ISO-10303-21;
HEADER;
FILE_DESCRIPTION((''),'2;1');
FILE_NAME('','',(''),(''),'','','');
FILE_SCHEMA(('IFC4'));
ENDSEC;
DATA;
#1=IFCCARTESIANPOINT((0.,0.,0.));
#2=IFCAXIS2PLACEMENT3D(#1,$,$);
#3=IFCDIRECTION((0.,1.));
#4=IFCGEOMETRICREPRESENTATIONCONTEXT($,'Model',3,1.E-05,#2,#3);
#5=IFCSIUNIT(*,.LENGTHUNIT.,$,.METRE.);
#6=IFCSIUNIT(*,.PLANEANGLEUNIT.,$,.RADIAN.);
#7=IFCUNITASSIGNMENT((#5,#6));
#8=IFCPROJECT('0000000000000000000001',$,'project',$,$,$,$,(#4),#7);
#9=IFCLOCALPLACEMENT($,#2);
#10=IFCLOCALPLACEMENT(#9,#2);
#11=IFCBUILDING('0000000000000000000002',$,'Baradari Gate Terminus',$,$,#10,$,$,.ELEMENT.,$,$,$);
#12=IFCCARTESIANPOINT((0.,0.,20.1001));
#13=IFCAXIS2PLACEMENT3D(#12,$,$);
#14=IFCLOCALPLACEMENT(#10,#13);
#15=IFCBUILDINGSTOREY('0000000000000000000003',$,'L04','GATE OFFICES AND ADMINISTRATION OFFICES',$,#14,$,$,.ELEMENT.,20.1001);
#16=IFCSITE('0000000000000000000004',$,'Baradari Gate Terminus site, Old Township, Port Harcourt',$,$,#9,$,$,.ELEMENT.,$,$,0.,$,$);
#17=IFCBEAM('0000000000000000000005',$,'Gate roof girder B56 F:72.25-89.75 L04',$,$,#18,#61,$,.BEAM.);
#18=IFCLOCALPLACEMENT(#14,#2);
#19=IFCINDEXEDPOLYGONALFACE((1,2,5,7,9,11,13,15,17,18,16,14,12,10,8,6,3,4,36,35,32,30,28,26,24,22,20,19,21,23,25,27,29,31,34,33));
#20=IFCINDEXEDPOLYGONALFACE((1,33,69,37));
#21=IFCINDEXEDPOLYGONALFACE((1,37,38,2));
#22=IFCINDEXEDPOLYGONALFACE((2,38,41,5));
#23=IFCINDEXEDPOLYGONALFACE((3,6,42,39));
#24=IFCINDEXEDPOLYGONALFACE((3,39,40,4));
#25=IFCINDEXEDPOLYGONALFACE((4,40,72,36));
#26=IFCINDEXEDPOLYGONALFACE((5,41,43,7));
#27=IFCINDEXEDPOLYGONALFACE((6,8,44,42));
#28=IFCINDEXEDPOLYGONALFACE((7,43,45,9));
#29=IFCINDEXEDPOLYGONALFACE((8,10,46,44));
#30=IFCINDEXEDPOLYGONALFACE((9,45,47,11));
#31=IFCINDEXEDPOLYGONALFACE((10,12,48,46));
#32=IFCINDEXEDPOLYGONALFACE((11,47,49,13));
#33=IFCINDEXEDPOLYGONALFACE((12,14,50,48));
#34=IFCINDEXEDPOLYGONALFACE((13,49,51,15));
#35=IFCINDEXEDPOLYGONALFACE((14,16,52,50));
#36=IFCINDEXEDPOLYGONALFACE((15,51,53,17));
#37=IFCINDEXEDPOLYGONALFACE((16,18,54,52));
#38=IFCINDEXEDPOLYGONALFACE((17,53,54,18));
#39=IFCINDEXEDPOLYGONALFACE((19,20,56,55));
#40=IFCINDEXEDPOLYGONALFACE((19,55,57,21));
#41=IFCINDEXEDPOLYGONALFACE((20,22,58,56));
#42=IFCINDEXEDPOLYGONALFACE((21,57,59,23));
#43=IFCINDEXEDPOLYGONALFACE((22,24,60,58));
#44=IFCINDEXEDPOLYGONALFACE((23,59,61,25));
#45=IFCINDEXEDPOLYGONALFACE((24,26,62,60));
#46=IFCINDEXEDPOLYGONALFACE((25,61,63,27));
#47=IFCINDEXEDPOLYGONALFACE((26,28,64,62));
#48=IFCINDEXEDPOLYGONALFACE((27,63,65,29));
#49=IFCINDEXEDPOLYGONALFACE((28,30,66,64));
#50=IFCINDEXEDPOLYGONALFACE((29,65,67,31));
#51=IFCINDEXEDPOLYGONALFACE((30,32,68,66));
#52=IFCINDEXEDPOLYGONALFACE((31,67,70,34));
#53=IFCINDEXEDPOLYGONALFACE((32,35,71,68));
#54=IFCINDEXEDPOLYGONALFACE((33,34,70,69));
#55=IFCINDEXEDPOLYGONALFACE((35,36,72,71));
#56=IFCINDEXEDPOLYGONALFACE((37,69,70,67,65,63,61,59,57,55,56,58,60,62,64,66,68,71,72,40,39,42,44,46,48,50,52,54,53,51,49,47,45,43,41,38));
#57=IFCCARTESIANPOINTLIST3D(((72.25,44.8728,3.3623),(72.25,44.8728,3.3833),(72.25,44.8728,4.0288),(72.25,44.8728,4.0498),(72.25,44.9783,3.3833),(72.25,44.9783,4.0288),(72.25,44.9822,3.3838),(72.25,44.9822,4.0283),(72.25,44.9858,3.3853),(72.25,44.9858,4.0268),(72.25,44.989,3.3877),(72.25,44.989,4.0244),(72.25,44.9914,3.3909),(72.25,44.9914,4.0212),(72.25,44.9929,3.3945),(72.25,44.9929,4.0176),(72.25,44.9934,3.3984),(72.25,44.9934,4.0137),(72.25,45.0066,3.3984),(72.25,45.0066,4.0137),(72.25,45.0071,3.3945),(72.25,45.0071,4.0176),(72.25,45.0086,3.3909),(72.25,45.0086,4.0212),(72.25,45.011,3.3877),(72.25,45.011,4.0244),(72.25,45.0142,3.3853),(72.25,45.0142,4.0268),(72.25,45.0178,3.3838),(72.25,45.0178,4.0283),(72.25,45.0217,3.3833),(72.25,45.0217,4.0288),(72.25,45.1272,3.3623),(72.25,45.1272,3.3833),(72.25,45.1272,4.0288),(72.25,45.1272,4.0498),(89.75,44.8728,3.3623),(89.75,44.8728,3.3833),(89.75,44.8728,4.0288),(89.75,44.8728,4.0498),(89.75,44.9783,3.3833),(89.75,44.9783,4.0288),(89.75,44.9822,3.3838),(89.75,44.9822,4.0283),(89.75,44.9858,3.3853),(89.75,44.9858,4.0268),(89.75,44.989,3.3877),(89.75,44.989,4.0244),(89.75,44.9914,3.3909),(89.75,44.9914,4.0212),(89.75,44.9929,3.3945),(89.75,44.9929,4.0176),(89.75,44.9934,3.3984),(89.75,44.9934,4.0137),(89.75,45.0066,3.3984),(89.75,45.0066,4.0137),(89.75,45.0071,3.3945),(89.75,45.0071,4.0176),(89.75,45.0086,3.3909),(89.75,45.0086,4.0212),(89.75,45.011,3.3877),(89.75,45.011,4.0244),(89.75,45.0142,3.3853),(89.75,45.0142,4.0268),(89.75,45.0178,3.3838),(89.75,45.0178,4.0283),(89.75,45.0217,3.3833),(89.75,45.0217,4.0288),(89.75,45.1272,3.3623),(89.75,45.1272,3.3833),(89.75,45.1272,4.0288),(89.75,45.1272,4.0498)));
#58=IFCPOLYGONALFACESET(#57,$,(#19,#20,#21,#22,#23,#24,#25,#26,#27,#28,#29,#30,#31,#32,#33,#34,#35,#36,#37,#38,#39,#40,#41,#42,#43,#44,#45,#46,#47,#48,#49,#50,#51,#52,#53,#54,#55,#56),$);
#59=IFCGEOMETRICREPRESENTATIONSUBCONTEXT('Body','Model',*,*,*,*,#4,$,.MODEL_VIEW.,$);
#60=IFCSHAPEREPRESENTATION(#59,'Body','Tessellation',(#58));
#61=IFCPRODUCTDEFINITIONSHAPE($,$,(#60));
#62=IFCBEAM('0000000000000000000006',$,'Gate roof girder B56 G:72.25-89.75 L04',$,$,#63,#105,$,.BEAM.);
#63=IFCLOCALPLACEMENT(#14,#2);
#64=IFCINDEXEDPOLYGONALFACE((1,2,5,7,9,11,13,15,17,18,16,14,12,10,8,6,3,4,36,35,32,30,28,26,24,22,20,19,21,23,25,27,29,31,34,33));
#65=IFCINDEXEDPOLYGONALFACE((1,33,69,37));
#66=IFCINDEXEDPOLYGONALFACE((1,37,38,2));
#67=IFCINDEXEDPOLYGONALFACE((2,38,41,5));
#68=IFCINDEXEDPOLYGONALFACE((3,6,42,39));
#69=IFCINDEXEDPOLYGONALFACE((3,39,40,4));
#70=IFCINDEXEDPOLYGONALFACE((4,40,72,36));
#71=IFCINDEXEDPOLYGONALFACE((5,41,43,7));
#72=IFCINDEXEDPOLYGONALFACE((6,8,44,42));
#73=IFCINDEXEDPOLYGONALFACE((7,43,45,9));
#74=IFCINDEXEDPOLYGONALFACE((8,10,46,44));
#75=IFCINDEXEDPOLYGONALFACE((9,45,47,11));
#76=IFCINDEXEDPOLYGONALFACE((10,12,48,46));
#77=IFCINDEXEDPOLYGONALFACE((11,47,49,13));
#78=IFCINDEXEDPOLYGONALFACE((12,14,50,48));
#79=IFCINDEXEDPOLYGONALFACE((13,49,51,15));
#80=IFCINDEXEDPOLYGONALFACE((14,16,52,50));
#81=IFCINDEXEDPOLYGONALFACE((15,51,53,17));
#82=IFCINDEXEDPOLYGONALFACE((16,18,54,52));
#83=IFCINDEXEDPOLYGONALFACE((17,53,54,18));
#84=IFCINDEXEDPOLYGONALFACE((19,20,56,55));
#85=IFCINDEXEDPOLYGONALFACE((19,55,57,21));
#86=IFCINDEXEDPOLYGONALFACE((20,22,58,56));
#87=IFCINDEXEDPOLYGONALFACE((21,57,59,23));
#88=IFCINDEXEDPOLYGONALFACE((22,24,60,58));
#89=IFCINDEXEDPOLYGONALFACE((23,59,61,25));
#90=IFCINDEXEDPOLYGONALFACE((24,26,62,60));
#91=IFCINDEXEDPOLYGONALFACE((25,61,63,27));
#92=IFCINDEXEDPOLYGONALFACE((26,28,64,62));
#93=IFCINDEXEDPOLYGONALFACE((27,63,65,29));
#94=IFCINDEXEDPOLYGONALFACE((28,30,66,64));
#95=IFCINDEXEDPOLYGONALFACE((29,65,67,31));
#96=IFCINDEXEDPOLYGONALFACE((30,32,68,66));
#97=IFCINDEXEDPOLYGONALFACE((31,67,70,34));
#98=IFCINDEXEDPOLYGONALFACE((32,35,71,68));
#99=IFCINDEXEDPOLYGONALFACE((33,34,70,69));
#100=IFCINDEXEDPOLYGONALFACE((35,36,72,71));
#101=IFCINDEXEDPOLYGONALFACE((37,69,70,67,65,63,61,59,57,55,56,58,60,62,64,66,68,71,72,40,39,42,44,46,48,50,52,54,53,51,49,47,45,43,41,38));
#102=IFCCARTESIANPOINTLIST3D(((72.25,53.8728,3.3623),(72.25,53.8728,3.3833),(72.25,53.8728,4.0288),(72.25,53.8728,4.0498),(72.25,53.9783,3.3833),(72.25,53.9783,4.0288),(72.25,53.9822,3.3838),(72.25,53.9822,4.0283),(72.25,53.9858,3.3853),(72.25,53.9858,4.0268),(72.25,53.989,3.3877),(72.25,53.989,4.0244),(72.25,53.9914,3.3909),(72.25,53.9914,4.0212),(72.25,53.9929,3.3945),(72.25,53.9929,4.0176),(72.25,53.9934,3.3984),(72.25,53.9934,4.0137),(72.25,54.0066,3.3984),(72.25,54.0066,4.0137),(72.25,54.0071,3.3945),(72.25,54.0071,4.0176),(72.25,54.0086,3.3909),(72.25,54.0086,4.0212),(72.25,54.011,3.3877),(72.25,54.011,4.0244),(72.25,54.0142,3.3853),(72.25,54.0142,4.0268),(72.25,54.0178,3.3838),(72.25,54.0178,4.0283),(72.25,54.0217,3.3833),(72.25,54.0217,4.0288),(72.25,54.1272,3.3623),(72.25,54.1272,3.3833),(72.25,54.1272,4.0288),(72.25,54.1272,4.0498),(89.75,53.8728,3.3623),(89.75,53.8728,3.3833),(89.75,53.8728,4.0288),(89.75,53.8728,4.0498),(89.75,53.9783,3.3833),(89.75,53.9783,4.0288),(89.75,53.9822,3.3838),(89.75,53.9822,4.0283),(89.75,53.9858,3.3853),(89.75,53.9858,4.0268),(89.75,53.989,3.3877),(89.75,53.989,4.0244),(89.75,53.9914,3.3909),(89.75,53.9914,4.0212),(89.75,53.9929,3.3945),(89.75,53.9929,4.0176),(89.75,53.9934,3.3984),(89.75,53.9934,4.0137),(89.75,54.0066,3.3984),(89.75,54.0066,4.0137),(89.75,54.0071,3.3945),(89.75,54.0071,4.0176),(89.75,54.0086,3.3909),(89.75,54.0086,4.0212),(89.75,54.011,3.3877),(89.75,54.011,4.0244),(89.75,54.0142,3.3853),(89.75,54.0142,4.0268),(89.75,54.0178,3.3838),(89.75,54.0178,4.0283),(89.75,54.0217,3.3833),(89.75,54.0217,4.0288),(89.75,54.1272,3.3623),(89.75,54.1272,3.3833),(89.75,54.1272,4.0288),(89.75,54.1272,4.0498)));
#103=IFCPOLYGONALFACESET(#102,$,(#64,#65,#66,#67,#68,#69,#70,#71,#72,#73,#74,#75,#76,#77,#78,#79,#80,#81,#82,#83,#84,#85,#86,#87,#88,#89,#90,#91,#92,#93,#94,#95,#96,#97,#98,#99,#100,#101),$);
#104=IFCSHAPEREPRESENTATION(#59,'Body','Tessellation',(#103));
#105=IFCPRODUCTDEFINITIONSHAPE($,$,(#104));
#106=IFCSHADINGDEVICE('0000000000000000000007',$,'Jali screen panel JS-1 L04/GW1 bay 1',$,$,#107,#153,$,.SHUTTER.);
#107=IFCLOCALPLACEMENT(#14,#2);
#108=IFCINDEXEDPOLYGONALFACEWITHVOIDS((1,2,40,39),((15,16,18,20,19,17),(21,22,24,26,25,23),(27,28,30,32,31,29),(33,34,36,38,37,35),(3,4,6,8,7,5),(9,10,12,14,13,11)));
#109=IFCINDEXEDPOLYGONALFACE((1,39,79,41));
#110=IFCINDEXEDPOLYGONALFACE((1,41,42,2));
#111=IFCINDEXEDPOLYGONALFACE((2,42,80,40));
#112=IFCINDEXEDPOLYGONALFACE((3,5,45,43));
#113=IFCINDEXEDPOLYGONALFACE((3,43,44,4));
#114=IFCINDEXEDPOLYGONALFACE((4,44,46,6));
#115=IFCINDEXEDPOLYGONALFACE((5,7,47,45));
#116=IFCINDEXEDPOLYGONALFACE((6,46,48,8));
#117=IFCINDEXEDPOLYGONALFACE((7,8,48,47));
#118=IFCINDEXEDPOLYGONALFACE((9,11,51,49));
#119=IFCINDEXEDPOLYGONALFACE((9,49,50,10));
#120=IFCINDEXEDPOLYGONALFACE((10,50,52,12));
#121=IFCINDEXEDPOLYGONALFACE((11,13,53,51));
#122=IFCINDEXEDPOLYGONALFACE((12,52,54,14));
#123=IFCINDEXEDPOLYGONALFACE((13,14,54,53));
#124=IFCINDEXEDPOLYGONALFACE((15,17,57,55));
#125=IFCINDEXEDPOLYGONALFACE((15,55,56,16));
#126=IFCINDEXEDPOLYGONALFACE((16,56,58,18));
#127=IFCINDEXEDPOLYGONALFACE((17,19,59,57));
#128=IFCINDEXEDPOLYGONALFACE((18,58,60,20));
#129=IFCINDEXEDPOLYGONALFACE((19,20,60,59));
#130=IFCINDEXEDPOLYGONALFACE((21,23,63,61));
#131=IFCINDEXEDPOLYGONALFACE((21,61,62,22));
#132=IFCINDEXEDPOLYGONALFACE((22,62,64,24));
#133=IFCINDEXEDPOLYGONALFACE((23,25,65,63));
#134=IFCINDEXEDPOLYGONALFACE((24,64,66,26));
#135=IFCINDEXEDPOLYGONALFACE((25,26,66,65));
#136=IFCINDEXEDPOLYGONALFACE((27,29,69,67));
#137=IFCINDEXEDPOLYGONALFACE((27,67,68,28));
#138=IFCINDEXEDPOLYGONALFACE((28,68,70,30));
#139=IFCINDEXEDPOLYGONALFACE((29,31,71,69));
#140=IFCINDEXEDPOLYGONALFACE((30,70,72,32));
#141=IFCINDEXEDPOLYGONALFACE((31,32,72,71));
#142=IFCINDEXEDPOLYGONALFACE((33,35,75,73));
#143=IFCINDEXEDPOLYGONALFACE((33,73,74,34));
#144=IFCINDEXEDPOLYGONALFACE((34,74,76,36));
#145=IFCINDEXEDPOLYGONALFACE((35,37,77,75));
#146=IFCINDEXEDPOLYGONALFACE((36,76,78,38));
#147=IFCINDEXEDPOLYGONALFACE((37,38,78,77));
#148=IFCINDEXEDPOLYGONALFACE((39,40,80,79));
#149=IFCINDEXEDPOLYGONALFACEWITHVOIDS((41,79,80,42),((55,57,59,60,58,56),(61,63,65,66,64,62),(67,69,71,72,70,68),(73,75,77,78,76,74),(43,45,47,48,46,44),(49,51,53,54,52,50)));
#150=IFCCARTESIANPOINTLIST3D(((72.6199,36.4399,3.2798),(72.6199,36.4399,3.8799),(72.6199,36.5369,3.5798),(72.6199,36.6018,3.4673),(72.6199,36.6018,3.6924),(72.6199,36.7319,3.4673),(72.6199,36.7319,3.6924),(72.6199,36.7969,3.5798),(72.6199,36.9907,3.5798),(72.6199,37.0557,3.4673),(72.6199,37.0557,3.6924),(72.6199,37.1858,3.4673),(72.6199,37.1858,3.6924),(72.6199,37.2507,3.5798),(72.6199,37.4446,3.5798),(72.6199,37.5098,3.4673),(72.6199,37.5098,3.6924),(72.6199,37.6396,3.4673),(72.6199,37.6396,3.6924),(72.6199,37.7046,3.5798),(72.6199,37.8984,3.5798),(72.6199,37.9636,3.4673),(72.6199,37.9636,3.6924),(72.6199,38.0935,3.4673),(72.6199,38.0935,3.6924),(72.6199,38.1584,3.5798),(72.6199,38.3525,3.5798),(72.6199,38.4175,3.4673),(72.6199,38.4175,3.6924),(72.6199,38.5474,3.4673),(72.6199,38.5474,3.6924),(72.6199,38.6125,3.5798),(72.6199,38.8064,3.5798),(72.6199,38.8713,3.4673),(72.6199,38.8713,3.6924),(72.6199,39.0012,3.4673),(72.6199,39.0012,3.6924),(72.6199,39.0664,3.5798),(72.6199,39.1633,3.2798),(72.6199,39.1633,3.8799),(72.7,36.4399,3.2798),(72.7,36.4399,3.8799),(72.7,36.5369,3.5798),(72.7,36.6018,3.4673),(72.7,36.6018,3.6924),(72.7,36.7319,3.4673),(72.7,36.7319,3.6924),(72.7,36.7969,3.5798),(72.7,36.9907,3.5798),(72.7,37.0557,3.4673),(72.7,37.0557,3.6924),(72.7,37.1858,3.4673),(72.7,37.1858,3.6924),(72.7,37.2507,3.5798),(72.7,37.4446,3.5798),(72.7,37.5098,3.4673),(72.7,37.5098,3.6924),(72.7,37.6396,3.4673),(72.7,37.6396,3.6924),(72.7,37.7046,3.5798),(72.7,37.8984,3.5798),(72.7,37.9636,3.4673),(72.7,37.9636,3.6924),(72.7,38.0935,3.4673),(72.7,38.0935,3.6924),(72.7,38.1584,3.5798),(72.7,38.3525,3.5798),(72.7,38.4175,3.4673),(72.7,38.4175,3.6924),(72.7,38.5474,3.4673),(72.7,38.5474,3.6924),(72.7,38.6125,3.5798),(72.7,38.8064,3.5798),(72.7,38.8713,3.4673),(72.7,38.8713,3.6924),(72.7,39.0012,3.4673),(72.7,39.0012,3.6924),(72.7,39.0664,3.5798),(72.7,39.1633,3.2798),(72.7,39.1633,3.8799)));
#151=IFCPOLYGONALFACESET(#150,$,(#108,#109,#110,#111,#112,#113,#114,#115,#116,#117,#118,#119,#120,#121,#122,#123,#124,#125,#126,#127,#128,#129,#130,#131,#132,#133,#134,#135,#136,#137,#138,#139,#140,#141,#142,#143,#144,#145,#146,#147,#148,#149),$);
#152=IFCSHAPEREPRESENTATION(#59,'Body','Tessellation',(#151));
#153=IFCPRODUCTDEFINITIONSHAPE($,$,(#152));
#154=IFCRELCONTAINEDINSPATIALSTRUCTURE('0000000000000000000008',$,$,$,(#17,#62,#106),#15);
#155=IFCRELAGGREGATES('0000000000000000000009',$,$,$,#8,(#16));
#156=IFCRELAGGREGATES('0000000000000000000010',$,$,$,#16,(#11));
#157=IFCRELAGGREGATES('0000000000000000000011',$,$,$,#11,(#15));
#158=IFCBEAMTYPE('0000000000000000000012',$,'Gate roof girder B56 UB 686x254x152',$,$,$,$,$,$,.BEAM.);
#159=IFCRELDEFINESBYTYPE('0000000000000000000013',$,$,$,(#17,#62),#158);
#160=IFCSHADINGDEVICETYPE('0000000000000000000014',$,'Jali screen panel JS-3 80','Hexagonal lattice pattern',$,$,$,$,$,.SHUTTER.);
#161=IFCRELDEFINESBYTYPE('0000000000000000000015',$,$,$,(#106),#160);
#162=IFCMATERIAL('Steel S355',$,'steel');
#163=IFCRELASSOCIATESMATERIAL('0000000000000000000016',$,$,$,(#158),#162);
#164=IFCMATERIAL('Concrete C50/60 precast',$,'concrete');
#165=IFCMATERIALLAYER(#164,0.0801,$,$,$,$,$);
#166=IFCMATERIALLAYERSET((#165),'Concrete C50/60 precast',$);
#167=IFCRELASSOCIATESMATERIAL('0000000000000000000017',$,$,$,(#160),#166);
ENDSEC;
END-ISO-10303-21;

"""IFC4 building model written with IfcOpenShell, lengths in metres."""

from ifc_helpers import new_model, si_unit, direction, frame, origin, origin_2d, place, context, subcontext, project, spatial, polyline, i_section, outline, extrude, material, layer, layer_set, material_profile, profile_set, type_object, element, save


model = new_model("IFC4")

# Units and contexts
model_context = context("Model", 3, precision=1e-05, world=origin(), true_north=direction((0.0, 1.0)))
body_context = subcontext(model_context, "Body", "Model", "MODEL_VIEW")
ifc_project = project(units=[si_unit("LENGTHUNIT", "METRE"), si_unit("PLANEANGLEUNIT", "RADIAN")], contexts=[model_context])

# Site, building, storey
site_placement = place(None, origin())
site = spatial("IfcSite", under=ifc_project, at=site_placement, Name="Baradari Gate Terminus site, Old Township, Port Harcourt", CompositionType="ELEMENT", RefElevation=0.0)
building_placement = place(site_placement, origin())
building = spatial("IfcBuilding", under=site, at=building_placement, Name="Baradari Gate Terminus", CompositionType="ELEMENT")
storey_placement = place(building_placement, frame((0.0, 0.0, 20.1001)))
storey = spatial("IfcBuildingStorey", under=building, at=storey_placement, Name="L04", Description="GATE OFFICES AND ADMINISTRATION OFFICES", CompositionType="ELEMENT", Elevation=20.1001)

# Beams
ifc_material_1 = material(Name="Steel S355", Category="steel")
ifc_material_profile_1 = material_profile(ifc_material_1, i_section(OverallWidth=0.2544, OverallDepth=0.6875, WebThickness=0.0132, FlangeThickness=0.021, FilletRadius=0.0151, at=origin_2d()), Name="UB 686x254x152")
ifc_profile_set_1 = profile_set([ifc_material_profile_1], Name="Steel S355")
beam_type_1 = type_object("IfcBeamType", Name="Gate roof girder B56 UB 686x254x152", PredefinedType="BEAM", material=ifc_profile_set_1)
for number, where, z_axis, x_axis, name in (
    (1, (72.25, 45.0, 3.7061), (1.0, 0.0, 0.0), (0.0, 1.0, 0.0), "Gate roof girder B56 F:72.25-89.75 L04"),
    (2, (72.25, 54.0, 3.7061), (1.0, 0.0, 0.0), (0.0, 1.0, 0.0), "Gate roof girder B56 G:72.25-89.75 L04"),
):
    element("IfcBeam", number, at=place(storey_placement, frame(where, z_axis=z_axis, x_axis=x_axis)), inside=storey, type_object=beam_type_1, Name=name, PredefinedType="BEAM", context=body_context, shape_type="SweptSolid", body=[
        extrude(i_section(OverallWidth=0.2544, OverallDepth=0.6875, WebThickness=0.0132, FlangeThickness=0.021, FilletRadius=0.0151, at=origin_2d()), origin(), (0.0, 0.0, 1.0), 17.5),
    ])

# Shading device
ifc_material_2 = material(Name="Concrete C50/60 precast", Category="concrete")
ifc_layer = layer(ifc_material_2, 0.0801)
ifc_layer_set = layer_set([ifc_layer], Name="Concrete C50/60 precast")
shading_device_type = type_object("IfcShadingDeviceType", Name="Jali screen panel JS-3 80", Description="Hexagonal lattice pattern", PredefinedType="SHUTTER", material=ifc_layer_set)
shading_device_1_placement = place(storey_placement, frame((72.6599, 36.4399, 3.2798), z_axis=(0.0, 0.0, 1.0), x_axis=(0.0, 1.0, 0.0)))
element("IfcShadingDevice", 3, at=shading_device_1_placement, inside=storey, type_object=shading_device_type, Name="Jali screen panel JS-1 L04/GW1 bay 1", PredefinedType="SHUTTER", context=body_context, shape_type="SweptSolid", body=[
    extrude(outline(polyline([(0.0, 0.0), (2.7234, 0.0), (2.7234, 0.6001), (0.0, 0.6001), (0.0, 0.0)]), holes=[polyline([(0.3569, 0.3), (0.292, 0.1875), (0.1619, 0.1875), (0.0969, 0.3), (0.1619, 0.4126), (0.292, 0.4126), (0.3569, 0.3)]), polyline([(0.8108, 0.3), (0.7458, 0.1875), (0.6157, 0.1875), (0.5508, 0.3), (0.6157, 0.4126), (0.7458, 0.4126), (0.8108, 0.3)]), polyline([(1.2646, 0.3), (1.1997, 0.1875), (1.0698, 0.1875), (1.0046, 0.3), (1.0698, 0.4126), (1.1997, 0.4126), (1.2646, 0.3)]), polyline([(1.7185, 0.3), (1.6536, 0.1875), (1.5237, 0.1875), (1.4585, 0.3), (1.5237, 0.4126), (1.6536, 0.4126), (1.7185, 0.3)]), polyline([(2.1726, 0.3), (2.1074, 0.1875), (1.9775, 0.1875), (1.9126, 0.3), (1.9775, 0.4126), (2.1074, 0.4126), (2.1726, 0.3)]), polyline([(2.6265, 0.3), (2.5613, 0.1875), (2.4314, 0.1875), (2.3665, 0.3), (2.4314, 0.4126), (2.5613, 0.4126), (2.6265, 0.3)])]), frame((0.0, 0.04, 0.0), z_axis=(0.0, -1.0, 0.0), x_axis=(1.0, 0.0, 0.0)), (0.0, 0.0, 1.0), 0.0801),
])

save(model, "model.ifc")
